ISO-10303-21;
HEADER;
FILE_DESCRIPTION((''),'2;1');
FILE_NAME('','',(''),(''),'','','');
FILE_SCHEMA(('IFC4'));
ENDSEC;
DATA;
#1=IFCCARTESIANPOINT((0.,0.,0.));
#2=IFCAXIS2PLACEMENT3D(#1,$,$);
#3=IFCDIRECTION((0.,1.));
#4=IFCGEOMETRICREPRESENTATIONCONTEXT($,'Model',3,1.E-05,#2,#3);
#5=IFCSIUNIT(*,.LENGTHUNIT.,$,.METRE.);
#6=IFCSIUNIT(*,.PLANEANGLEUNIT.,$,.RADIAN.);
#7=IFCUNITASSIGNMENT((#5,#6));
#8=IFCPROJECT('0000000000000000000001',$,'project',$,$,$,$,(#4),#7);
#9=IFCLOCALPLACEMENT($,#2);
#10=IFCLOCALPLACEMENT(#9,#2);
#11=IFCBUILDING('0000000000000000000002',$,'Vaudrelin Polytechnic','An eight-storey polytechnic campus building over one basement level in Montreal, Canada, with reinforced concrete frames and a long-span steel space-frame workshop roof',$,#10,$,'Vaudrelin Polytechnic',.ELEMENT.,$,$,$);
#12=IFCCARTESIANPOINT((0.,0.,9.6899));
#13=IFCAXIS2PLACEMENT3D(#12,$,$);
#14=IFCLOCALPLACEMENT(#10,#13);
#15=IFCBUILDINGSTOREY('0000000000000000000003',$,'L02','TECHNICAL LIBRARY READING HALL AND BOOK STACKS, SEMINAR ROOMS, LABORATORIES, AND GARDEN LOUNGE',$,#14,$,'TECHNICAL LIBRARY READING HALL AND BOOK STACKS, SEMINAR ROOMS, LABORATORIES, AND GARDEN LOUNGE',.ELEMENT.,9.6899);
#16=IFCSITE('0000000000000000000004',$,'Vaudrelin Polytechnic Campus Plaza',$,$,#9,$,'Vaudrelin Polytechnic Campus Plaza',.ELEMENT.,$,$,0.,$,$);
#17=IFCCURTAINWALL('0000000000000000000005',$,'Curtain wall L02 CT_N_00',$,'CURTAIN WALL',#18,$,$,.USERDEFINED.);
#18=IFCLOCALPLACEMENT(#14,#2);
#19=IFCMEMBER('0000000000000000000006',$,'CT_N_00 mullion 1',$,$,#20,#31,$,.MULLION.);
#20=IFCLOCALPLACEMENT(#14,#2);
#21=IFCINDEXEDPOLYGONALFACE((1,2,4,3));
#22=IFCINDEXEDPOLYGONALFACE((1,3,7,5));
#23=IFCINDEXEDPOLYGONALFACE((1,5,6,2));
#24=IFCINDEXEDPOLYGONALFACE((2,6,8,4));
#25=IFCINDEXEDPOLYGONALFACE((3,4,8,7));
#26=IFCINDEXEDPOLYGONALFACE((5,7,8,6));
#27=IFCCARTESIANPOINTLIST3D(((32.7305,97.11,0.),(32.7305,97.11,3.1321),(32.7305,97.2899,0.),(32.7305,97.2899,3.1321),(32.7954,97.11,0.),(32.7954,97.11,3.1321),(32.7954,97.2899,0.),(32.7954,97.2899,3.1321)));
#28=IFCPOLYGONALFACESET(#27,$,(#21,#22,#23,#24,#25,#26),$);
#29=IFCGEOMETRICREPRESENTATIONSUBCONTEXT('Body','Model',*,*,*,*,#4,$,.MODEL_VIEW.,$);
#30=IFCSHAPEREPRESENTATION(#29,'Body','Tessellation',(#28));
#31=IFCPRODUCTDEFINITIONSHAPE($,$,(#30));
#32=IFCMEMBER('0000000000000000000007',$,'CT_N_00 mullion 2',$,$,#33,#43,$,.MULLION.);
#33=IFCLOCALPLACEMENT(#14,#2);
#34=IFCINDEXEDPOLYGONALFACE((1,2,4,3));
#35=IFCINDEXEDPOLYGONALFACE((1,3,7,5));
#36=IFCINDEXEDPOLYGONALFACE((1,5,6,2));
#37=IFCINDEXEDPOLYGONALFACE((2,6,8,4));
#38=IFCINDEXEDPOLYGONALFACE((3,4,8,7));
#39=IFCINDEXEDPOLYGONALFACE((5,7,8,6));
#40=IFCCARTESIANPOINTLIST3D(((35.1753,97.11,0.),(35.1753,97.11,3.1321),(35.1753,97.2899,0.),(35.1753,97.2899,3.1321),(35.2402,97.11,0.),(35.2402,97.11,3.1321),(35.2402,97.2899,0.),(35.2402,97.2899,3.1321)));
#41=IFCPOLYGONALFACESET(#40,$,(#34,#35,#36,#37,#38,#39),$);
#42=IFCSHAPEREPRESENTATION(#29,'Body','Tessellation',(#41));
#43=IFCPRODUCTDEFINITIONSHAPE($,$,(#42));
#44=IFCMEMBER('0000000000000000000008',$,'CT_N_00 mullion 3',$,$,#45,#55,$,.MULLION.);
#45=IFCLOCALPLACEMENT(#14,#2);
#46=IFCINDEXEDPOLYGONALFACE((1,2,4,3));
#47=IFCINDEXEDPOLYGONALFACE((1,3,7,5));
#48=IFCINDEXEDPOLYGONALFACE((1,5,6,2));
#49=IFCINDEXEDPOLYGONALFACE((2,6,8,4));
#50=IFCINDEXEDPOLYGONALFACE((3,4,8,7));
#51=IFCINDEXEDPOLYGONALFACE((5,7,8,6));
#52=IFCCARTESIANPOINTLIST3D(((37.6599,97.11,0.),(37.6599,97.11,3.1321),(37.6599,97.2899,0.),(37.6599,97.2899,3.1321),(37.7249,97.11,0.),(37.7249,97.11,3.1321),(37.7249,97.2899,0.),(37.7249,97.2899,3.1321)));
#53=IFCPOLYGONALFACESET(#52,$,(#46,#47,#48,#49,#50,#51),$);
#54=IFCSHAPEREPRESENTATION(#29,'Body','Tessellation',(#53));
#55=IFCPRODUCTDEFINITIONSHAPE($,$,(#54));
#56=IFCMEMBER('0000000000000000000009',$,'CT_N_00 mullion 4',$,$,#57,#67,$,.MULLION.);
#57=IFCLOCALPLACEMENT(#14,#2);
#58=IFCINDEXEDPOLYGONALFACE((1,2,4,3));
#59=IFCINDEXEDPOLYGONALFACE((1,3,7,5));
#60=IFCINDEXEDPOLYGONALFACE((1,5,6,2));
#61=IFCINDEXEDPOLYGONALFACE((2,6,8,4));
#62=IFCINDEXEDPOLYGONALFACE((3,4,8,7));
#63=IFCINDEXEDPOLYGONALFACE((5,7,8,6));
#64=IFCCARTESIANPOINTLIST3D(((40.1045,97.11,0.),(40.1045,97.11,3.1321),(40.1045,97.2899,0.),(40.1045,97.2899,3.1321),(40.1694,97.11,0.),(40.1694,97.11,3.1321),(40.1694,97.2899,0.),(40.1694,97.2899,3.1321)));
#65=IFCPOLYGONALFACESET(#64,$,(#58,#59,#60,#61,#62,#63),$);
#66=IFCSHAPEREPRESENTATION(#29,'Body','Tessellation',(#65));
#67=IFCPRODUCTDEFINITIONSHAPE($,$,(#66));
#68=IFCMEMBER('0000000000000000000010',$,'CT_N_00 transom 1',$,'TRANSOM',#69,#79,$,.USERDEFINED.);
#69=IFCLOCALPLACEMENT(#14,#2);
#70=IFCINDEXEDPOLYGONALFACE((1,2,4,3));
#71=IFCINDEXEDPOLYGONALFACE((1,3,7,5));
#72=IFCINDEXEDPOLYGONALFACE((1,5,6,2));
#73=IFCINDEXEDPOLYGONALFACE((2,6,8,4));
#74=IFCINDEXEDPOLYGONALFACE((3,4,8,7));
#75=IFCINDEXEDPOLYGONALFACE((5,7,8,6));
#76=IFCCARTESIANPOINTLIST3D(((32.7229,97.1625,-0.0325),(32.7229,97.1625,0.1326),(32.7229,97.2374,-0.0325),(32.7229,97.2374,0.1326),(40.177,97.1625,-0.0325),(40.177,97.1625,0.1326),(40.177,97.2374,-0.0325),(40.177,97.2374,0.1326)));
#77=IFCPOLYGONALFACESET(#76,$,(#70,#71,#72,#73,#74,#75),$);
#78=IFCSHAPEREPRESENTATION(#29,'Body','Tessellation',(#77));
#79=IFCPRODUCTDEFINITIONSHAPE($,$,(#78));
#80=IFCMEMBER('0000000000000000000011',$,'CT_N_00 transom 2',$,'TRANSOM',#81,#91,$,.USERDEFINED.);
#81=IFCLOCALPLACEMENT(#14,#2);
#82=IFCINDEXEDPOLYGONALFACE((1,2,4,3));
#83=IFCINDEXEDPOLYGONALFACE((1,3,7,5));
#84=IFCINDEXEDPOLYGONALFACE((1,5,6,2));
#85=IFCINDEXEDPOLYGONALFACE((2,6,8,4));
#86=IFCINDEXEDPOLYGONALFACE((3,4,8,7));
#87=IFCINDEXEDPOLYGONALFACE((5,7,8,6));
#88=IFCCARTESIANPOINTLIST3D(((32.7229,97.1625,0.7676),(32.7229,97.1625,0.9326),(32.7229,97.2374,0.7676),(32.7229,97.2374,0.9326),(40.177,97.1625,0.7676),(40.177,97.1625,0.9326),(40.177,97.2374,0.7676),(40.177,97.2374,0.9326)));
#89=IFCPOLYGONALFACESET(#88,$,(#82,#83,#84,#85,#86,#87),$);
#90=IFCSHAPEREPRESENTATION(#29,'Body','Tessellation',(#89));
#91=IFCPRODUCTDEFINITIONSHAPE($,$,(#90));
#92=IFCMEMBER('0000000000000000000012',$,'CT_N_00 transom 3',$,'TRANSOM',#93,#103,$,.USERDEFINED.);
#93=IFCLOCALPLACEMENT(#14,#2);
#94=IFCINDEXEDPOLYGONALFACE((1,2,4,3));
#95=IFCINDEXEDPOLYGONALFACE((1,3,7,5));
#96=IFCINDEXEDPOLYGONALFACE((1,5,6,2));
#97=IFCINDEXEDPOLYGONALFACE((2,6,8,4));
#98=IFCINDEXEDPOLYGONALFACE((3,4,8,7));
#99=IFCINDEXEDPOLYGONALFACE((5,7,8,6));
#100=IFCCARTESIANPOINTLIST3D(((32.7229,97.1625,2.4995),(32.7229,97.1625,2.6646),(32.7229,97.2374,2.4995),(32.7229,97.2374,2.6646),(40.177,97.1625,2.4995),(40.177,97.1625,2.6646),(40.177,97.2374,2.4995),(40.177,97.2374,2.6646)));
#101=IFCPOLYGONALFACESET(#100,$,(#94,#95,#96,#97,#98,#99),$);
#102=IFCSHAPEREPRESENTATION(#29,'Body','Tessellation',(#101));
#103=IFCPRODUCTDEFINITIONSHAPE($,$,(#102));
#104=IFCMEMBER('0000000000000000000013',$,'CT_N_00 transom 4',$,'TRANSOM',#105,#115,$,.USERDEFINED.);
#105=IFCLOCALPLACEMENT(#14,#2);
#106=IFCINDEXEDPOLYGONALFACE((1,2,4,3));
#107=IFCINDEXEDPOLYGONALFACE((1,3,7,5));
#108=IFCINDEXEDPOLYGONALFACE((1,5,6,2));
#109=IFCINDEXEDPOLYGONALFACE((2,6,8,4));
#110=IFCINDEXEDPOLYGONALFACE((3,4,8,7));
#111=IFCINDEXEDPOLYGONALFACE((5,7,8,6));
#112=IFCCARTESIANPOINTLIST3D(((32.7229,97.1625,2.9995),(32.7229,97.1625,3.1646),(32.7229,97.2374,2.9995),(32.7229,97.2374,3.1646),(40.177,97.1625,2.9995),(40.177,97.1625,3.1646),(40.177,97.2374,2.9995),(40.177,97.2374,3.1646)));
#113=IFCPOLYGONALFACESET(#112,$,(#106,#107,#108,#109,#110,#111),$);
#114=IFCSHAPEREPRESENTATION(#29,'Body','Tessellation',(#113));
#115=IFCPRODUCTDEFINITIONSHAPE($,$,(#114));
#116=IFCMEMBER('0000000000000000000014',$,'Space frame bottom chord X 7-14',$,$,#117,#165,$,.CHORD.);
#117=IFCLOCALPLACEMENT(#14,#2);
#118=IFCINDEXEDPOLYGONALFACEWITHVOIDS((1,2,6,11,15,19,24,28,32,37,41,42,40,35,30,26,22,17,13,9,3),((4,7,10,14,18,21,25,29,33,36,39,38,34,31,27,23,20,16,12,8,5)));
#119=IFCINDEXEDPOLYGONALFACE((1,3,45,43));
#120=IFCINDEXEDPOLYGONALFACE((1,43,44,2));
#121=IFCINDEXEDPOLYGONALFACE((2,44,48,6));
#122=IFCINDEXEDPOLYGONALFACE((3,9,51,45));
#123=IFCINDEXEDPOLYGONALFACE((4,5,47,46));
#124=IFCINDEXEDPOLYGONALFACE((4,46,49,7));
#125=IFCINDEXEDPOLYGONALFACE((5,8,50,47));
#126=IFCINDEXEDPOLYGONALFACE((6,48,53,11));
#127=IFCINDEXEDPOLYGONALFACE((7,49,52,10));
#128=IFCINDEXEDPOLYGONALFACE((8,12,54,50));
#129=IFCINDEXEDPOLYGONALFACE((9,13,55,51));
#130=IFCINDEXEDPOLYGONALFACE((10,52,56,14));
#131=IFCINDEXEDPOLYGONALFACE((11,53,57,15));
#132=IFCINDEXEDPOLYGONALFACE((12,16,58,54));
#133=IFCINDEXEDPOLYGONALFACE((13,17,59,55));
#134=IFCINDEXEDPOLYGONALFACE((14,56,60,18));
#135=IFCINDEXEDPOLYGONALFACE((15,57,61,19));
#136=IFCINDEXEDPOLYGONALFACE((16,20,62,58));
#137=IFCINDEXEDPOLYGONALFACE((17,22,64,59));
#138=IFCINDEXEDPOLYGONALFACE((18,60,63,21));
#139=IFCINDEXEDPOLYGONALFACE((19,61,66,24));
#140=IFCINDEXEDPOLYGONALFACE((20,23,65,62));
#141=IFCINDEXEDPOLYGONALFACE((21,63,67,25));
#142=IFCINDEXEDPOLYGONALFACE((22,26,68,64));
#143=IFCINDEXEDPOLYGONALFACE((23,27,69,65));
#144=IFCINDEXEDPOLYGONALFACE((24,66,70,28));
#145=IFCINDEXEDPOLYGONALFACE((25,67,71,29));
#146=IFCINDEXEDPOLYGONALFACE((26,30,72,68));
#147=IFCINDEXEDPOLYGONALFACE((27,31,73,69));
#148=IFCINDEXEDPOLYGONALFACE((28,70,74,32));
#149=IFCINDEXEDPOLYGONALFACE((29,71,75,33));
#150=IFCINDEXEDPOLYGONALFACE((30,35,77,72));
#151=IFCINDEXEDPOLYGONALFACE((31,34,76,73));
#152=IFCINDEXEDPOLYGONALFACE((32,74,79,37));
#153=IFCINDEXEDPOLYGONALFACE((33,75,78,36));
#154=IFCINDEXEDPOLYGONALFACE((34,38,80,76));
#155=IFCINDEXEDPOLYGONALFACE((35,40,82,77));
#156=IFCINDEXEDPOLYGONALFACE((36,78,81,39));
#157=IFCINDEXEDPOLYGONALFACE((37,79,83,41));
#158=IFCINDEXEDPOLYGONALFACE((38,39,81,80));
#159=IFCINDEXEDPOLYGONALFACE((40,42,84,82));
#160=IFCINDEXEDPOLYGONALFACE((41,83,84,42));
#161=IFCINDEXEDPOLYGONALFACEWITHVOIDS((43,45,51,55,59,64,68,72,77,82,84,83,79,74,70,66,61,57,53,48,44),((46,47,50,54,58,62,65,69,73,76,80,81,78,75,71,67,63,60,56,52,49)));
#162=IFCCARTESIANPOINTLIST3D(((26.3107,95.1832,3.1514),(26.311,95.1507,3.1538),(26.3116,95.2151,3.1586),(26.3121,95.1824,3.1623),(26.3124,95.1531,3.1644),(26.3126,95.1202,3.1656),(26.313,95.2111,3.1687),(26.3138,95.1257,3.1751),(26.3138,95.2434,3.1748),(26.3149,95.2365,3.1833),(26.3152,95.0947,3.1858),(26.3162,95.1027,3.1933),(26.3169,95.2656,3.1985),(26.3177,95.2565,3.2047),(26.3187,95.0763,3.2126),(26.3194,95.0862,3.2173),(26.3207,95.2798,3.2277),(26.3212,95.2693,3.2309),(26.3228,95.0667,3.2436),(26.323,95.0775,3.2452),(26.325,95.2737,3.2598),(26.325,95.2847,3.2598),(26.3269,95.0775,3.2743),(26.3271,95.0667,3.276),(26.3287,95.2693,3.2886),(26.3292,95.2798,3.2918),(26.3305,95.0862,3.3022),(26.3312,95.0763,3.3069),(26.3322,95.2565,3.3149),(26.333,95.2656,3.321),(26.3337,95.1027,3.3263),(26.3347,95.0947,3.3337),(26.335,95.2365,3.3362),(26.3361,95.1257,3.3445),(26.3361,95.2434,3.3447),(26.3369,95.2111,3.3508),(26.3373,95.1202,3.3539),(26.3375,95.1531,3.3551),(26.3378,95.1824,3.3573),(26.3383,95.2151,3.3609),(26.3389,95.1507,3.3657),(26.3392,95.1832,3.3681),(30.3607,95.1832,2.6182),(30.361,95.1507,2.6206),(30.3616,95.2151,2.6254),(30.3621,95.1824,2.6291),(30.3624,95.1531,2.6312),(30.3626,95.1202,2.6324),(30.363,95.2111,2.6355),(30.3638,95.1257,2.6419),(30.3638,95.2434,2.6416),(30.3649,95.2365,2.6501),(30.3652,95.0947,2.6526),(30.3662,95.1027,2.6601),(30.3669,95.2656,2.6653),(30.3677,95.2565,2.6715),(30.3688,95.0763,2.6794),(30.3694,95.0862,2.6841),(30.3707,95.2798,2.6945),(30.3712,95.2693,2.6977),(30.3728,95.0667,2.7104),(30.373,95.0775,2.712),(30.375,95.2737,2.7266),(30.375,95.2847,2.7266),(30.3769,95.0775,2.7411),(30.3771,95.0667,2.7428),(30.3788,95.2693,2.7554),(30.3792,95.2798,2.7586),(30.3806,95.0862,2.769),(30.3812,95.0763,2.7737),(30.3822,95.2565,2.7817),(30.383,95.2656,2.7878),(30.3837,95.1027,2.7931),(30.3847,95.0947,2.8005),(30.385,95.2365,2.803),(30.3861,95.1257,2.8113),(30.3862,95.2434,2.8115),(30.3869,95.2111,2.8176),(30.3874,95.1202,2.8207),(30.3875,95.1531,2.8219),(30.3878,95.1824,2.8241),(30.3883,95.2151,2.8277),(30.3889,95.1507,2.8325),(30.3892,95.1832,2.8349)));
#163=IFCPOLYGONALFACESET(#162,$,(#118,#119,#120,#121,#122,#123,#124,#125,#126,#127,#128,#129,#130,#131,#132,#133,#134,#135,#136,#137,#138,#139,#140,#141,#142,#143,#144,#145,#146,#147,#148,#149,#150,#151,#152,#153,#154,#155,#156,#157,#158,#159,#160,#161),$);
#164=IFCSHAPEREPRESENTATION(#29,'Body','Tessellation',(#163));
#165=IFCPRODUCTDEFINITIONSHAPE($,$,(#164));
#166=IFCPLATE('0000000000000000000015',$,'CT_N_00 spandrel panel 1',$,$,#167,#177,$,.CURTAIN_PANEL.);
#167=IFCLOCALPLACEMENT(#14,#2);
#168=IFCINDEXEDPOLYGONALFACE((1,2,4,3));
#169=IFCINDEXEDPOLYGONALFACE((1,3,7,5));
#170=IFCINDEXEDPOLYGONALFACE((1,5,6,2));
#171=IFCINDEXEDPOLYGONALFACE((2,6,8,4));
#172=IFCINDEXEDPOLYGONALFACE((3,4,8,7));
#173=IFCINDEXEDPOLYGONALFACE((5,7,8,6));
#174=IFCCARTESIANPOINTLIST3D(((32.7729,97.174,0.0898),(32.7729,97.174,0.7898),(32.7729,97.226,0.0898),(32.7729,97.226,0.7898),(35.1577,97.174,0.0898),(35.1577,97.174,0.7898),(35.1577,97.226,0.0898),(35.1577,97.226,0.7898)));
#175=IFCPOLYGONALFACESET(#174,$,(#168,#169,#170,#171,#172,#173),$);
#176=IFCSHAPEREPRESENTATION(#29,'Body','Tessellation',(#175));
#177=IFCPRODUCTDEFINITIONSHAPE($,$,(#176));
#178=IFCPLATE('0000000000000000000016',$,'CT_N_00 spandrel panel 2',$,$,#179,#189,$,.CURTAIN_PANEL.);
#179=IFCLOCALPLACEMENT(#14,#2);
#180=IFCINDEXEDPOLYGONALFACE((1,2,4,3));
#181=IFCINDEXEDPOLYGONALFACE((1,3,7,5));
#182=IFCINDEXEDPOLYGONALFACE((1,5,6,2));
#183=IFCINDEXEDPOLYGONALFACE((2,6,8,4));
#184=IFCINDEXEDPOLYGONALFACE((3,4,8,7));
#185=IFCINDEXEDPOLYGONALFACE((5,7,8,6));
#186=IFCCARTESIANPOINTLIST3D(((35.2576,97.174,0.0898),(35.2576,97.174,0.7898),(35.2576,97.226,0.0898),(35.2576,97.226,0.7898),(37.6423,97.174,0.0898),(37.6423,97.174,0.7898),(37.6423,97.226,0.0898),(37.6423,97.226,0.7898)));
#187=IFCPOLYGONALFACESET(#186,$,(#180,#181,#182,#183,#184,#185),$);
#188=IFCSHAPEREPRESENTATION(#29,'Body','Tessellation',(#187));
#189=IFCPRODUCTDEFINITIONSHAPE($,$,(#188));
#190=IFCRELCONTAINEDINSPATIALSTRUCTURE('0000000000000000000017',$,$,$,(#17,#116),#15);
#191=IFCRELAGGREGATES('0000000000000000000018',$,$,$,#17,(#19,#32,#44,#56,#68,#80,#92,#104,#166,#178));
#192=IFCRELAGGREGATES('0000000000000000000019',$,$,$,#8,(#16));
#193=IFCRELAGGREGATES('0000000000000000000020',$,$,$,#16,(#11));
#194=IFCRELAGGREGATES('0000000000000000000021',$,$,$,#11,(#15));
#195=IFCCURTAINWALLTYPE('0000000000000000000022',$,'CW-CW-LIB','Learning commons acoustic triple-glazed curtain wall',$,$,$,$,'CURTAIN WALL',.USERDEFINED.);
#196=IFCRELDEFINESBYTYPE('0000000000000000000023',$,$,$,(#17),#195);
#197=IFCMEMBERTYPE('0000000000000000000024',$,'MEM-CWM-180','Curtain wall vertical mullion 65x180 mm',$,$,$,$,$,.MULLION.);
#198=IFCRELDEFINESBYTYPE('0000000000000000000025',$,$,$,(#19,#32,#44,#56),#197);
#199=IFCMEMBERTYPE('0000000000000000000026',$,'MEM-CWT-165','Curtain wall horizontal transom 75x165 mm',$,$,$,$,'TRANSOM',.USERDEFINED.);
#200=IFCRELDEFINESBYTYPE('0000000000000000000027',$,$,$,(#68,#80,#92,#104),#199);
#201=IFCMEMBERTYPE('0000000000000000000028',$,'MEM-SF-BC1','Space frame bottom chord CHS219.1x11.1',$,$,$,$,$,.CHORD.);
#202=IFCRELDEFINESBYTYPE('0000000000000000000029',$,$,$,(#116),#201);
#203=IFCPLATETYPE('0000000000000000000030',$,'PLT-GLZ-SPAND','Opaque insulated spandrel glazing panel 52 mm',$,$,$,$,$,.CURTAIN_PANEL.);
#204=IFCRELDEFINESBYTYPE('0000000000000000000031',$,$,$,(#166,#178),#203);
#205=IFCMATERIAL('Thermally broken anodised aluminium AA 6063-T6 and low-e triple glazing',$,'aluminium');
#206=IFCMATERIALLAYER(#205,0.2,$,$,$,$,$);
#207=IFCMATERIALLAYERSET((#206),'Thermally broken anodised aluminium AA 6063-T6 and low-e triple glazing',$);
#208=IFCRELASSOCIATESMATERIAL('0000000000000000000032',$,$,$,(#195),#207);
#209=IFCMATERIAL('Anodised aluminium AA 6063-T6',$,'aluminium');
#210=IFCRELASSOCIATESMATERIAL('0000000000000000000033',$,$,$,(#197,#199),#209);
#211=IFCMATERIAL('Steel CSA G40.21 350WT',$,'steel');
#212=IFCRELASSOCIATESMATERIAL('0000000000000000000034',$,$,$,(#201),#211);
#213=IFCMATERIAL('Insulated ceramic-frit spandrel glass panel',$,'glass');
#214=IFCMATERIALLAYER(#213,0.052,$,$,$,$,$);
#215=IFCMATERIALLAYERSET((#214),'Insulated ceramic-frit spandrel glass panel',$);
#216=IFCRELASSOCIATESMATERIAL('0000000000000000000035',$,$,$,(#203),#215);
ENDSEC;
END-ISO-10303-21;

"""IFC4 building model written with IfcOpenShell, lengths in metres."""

from ifc_helpers import new_model, si_unit, direction, frame, origin, origin_2d, place, context, subcontext, project, spatial, rectangle, hollow_circle, extrude, material, layer, layer_set, material_profile, profile_set, type_object, element, aggregate, save


model = new_model("IFC4")

# Units and contexts
model_context = context("Model", 3, precision=1e-05, world=origin(), true_north=direction((0.0, 1.0)))
body_context = subcontext(model_context, "Body", "Model", "MODEL_VIEW")
ifc_project = project(units=[si_unit("LENGTHUNIT", "METRE"), si_unit("PLANEANGLEUNIT", "RADIAN")], contexts=[model_context])

# Site, building, storey
site_placement = place(None, origin())
site = spatial("IfcSite", under=ifc_project, at=site_placement, Name="Vaudrelin Polytechnic Campus Plaza", LongName="Vaudrelin Polytechnic Campus Plaza", CompositionType="ELEMENT", RefElevation=0.0)
building_placement = place(site_placement, origin())
building = spatial("IfcBuilding", under=site, at=building_placement, Name="Vaudrelin Polytechnic", Description="An eight-storey polytechnic campus building over one basement level in Montreal, Canada, with reinforced concrete frames and a long-span steel space-frame workshop roof", LongName="Vaudrelin Polytechnic", CompositionType="ELEMENT")
storey_placement = place(building_placement, frame((0.0, 0.0, 9.6899)))
storey = spatial("IfcBuildingStorey", under=building, at=storey_placement, Name="L02", Description="TECHNICAL LIBRARY READING HALL AND BOOK STACKS, SEMINAR ROOMS, LABORATORIES, AND GARDEN LOUNGE", LongName="TECHNICAL LIBRARY READING HALL AND BOOK STACKS, SEMINAR ROOMS, LABORATORIES, AND GARDEN LOUNGE", CompositionType="ELEMENT", Elevation=9.6899)

# Curtain wall, members
ifc_material_1 = material(Name="Thermally broken anodised aluminium AA 6063-T6 and low-e triple glazing", Category="aluminium")
ifc_layer_1 = layer(ifc_material_1, 0.2)
ifc_layer_set_1 = layer_set([ifc_layer_1], Name="Thermally broken anodised aluminium AA 6063-T6 and low-e triple glazing")
curtain_wall_type = type_object("IfcCurtainWallType", Name="CW-CW-LIB", Description="Learning commons acoustic triple-glazed curtain wall", ElementType="CURTAIN WALL", PredefinedType="USERDEFINED", material=ifc_layer_set_1)
curtain_wall_placement = place(storey_placement, origin())
curtain_wall = element("IfcCurtainWall", 1, at=curtain_wall_placement, inside=storey, type_object=curtain_wall_type, Name="Curtain wall L02 CT_N_00", ObjectType="CURTAIN WALL", PredefinedType="USERDEFINED")
ifc_material_2 = material(Name="Anodised aluminium AA 6063-T6", Category="aluminium")
ifc_material_profile_1 = material_profile(ifc_material_2, rectangle(XDim=0.0649, YDim=0.1799, at=origin_2d()), Name="CWM-65x180")
ifc_profile_set_1 = profile_set([ifc_material_profile_1], Name="Anodised aluminium AA 6063-T6")
member_type_1 = type_object("IfcMemberType", Name="MEM-CWM-180", Description="Curtain wall vertical mullion 65x180 mm", PredefinedType="MULLION", material=ifc_profile_set_1)
member_1_placement = place(storey_placement, frame((32.7629, 97.2, 0.0), z_axis=(0.0, 0.0, 1.0), x_axis=(1.0, 0.0, 0.0)))
member_1 = element("IfcMember", 2, at=member_1_placement, type_object=member_type_1, Name="CT_N_00 mullion 1", PredefinedType="MULLION", context=body_context, shape_type="SweptSolid", body=[
    extrude(rectangle(XDim=0.0649, YDim=0.1799, at=origin_2d()), origin(), (0.0, 0.0, 1.0), 3.1321),
])
member_2_placement = place(storey_placement, frame((35.2078, 97.2, 0.0), z_axis=(0.0, 0.0, 1.0), x_axis=(1.0, 0.0, 0.0)))
member_2 = element("IfcMember", 3, at=member_2_placement, type_object=member_type_1, Name="CT_N_00 mullion 2", PredefinedType="MULLION", context=body_context, shape_type="SweptSolid", body=[
    extrude(rectangle(XDim=0.0649, YDim=0.1799, at=origin_2d()), origin(), (0.0, 0.0, 1.0), 3.1321),
])
member_3_placement = place(storey_placement, frame((37.6924, 97.2, 0.0), z_axis=(0.0, 0.0, 1.0), x_axis=(1.0, 0.0, 0.0)))
member_3 = element("IfcMember", 4, at=member_3_placement, type_object=member_type_1, Name="CT_N_00 mullion 3", PredefinedType="MULLION", context=body_context, shape_type="SweptSolid", body=[
    extrude(rectangle(XDim=0.0649, YDim=0.1799, at=origin_2d()), origin(), (0.0, 0.0, 1.0), 3.1321),
])
member_4_placement = place(storey_placement, frame((40.137, 97.2, 0.0), z_axis=(0.0, 0.0, 1.0), x_axis=(1.0, 0.0, 0.0)))
member_4 = element("IfcMember", 5, at=member_4_placement, type_object=member_type_1, Name="CT_N_00 mullion 4", PredefinedType="MULLION", context=body_context, shape_type="SweptSolid", body=[
    extrude(rectangle(XDim=0.0649, YDim=0.1799, at=origin_2d()), origin(), (0.0, 0.0, 1.0), 3.1321),
])
ifc_material_profile_2 = material_profile(ifc_material_2, rectangle(XDim=0.075, YDim=0.165, at=origin_2d()), Name="CWT-75x165")
ifc_profile_set_2 = profile_set([ifc_material_profile_2], Name="Anodised aluminium AA 6063-T6")
member_type_2 = type_object("IfcMemberType", Name="MEM-CWT-165", Description="Curtain wall horizontal transom 75x165 mm", ElementType="TRANSOM", PredefinedType="USERDEFINED", material=ifc_profile_set_2)
member_5_placement = place(storey_placement, frame((32.7229, 97.2, 0.05), z_axis=(1.0, 0.0, 0.0), x_axis=(0.0, 1.0, 0.0)))
member_5 = element("IfcMember", 6, at=member_5_placement, type_object=member_type_2, Name="CT_N_00 transom 1", ObjectType="TRANSOM", PredefinedType="USERDEFINED", context=body_context, shape_type="SweptSolid", body=[
    extrude(rectangle(XDim=0.075, YDim=0.165, at=origin_2d()), origin(), (0.0, 0.0, 1.0), 7.4541),
])
member_6_placement = place(storey_placement, frame((32.7229, 97.2, 0.8501), z_axis=(1.0, 0.0, 0.0), x_axis=(0.0, 1.0, 0.0)))
member_6 = element("IfcMember", 7, at=member_6_placement, type_object=member_type_2, Name="CT_N_00 transom 2", ObjectType="TRANSOM", PredefinedType="USERDEFINED", context=body_context, shape_type="SweptSolid", body=[
    extrude(rectangle(XDim=0.075, YDim=0.165, at=origin_2d()), origin(), (0.0, 0.0, 1.0), 7.4541),
])
member_7_placement = place(storey_placement, frame((32.7229, 97.2, 2.582), z_axis=(1.0, 0.0, 0.0), x_axis=(0.0, 1.0, 0.0)))
member_7 = element("IfcMember", 8, at=member_7_placement, type_object=member_type_2, Name="CT_N_00 transom 3", ObjectType="TRANSOM", PredefinedType="USERDEFINED", context=body_context, shape_type="SweptSolid", body=[
    extrude(rectangle(XDim=0.075, YDim=0.165, at=origin_2d()), origin(), (0.0, 0.0, 1.0), 7.4541),
])
member_8_placement = place(storey_placement, frame((32.7229, 97.2, 3.082), z_axis=(1.0, 0.0, 0.0), x_axis=(0.0, 1.0, 0.0)))
member_8 = element("IfcMember", 9, at=member_8_placement, type_object=member_type_2, Name="CT_N_00 transom 4", ObjectType="TRANSOM", PredefinedType="USERDEFINED", context=body_context, shape_type="SweptSolid", body=[
    extrude(rectangle(XDim=0.075, YDim=0.165, at=origin_2d()), origin(), (0.0, 0.0, 1.0), 7.4541),
])

# Member
ifc_material_3 = material(Name="Steel CSA G40.21 350WT", Category="steel")
ifc_material_profile_3 = material_profile(ifc_material_3, hollow_circle(Radius=0.1096, WallThickness=0.011, at=origin_2d()), Name="CHS219.1x11.1")
ifc_profile_set_3 = profile_set([ifc_material_profile_3], Name="Steel CSA G40.21 350WT")
member_type_3 = type_object("IfcMemberType", Name="MEM-SF-BC1", Description="Space frame bottom chord CHS219.1x11.1", PredefinedType="CHORD", material=ifc_profile_set_3)
member_9_placement = place(storey_placement, frame((26.325, 95.175, 3.2598), z_axis=(0.991445, 0.0, -0.130527), x_axis=(0.0, 1.0, 0.0)))
element("IfcMember", 10, at=member_9_placement, inside=storey, type_object=member_type_3, Name="Space frame bottom chord X 7-14", PredefinedType="CHORD", context=body_context, shape_type="SweptSolid", body=[
    extrude(hollow_circle(Radius=0.1096, WallThickness=0.011, at=origin_2d()), origin(), (0.0, 0.0, 1.0), 4.085),
])

# Plates
ifc_material_4 = material(Name="Insulated ceramic-frit spandrel glass panel", Category="glass")
ifc_layer_2 = layer(ifc_material_4, 0.052)
ifc_layer_set_2 = layer_set([ifc_layer_2], Name="Insulated ceramic-frit spandrel glass panel")
plate_type_1 = type_object("IfcPlateType", Name="PLT-GLZ-SPAND", Description="Opaque insulated spandrel glazing panel 52 mm", PredefinedType="CURTAIN_PANEL", material=ifc_layer_set_2)
plate_1_placement = place(storey_placement, frame((33.9653, 97.2, 0.0898), z_axis=(0.0, 0.0, 1.0), x_axis=(1.0, 0.0, 0.0)))
plate_1 = element("IfcPlate", 11, at=plate_1_placement, type_object=plate_type_1, Name="CT_N_00 spandrel panel 1", PredefinedType="CURTAIN_PANEL", context=body_context, shape_type="SweptSolid", body=[
    extrude(rectangle(XDim=2.3848, YDim=0.052, at=origin_2d()), origin(), (0.0, 0.0, 1.0), 0.7),
])
plate_2_placement = place(storey_placement, frame((36.45, 97.2, 0.0898), z_axis=(0.0, 0.0, 1.0), x_axis=(1.0, 0.0, 0.0)))
plate_2 = element("IfcPlate", 12, at=plate_2_placement, type_object=plate_type_1, Name="CT_N_00 spandrel panel 2", PredefinedType="CURTAIN_PANEL", context=body_context, shape_type="SweptSolid", body=[
    extrude(rectangle(XDim=2.3848, YDim=0.052, at=origin_2d()), origin(), (0.0, 0.0, 1.0), 0.7),
])
aggregate(curtain_wall, [member_1, member_2, member_3, member_4, member_5, member_6, member_7, member_8, plate_1, plate_2])

save(model, "model.ifc")
